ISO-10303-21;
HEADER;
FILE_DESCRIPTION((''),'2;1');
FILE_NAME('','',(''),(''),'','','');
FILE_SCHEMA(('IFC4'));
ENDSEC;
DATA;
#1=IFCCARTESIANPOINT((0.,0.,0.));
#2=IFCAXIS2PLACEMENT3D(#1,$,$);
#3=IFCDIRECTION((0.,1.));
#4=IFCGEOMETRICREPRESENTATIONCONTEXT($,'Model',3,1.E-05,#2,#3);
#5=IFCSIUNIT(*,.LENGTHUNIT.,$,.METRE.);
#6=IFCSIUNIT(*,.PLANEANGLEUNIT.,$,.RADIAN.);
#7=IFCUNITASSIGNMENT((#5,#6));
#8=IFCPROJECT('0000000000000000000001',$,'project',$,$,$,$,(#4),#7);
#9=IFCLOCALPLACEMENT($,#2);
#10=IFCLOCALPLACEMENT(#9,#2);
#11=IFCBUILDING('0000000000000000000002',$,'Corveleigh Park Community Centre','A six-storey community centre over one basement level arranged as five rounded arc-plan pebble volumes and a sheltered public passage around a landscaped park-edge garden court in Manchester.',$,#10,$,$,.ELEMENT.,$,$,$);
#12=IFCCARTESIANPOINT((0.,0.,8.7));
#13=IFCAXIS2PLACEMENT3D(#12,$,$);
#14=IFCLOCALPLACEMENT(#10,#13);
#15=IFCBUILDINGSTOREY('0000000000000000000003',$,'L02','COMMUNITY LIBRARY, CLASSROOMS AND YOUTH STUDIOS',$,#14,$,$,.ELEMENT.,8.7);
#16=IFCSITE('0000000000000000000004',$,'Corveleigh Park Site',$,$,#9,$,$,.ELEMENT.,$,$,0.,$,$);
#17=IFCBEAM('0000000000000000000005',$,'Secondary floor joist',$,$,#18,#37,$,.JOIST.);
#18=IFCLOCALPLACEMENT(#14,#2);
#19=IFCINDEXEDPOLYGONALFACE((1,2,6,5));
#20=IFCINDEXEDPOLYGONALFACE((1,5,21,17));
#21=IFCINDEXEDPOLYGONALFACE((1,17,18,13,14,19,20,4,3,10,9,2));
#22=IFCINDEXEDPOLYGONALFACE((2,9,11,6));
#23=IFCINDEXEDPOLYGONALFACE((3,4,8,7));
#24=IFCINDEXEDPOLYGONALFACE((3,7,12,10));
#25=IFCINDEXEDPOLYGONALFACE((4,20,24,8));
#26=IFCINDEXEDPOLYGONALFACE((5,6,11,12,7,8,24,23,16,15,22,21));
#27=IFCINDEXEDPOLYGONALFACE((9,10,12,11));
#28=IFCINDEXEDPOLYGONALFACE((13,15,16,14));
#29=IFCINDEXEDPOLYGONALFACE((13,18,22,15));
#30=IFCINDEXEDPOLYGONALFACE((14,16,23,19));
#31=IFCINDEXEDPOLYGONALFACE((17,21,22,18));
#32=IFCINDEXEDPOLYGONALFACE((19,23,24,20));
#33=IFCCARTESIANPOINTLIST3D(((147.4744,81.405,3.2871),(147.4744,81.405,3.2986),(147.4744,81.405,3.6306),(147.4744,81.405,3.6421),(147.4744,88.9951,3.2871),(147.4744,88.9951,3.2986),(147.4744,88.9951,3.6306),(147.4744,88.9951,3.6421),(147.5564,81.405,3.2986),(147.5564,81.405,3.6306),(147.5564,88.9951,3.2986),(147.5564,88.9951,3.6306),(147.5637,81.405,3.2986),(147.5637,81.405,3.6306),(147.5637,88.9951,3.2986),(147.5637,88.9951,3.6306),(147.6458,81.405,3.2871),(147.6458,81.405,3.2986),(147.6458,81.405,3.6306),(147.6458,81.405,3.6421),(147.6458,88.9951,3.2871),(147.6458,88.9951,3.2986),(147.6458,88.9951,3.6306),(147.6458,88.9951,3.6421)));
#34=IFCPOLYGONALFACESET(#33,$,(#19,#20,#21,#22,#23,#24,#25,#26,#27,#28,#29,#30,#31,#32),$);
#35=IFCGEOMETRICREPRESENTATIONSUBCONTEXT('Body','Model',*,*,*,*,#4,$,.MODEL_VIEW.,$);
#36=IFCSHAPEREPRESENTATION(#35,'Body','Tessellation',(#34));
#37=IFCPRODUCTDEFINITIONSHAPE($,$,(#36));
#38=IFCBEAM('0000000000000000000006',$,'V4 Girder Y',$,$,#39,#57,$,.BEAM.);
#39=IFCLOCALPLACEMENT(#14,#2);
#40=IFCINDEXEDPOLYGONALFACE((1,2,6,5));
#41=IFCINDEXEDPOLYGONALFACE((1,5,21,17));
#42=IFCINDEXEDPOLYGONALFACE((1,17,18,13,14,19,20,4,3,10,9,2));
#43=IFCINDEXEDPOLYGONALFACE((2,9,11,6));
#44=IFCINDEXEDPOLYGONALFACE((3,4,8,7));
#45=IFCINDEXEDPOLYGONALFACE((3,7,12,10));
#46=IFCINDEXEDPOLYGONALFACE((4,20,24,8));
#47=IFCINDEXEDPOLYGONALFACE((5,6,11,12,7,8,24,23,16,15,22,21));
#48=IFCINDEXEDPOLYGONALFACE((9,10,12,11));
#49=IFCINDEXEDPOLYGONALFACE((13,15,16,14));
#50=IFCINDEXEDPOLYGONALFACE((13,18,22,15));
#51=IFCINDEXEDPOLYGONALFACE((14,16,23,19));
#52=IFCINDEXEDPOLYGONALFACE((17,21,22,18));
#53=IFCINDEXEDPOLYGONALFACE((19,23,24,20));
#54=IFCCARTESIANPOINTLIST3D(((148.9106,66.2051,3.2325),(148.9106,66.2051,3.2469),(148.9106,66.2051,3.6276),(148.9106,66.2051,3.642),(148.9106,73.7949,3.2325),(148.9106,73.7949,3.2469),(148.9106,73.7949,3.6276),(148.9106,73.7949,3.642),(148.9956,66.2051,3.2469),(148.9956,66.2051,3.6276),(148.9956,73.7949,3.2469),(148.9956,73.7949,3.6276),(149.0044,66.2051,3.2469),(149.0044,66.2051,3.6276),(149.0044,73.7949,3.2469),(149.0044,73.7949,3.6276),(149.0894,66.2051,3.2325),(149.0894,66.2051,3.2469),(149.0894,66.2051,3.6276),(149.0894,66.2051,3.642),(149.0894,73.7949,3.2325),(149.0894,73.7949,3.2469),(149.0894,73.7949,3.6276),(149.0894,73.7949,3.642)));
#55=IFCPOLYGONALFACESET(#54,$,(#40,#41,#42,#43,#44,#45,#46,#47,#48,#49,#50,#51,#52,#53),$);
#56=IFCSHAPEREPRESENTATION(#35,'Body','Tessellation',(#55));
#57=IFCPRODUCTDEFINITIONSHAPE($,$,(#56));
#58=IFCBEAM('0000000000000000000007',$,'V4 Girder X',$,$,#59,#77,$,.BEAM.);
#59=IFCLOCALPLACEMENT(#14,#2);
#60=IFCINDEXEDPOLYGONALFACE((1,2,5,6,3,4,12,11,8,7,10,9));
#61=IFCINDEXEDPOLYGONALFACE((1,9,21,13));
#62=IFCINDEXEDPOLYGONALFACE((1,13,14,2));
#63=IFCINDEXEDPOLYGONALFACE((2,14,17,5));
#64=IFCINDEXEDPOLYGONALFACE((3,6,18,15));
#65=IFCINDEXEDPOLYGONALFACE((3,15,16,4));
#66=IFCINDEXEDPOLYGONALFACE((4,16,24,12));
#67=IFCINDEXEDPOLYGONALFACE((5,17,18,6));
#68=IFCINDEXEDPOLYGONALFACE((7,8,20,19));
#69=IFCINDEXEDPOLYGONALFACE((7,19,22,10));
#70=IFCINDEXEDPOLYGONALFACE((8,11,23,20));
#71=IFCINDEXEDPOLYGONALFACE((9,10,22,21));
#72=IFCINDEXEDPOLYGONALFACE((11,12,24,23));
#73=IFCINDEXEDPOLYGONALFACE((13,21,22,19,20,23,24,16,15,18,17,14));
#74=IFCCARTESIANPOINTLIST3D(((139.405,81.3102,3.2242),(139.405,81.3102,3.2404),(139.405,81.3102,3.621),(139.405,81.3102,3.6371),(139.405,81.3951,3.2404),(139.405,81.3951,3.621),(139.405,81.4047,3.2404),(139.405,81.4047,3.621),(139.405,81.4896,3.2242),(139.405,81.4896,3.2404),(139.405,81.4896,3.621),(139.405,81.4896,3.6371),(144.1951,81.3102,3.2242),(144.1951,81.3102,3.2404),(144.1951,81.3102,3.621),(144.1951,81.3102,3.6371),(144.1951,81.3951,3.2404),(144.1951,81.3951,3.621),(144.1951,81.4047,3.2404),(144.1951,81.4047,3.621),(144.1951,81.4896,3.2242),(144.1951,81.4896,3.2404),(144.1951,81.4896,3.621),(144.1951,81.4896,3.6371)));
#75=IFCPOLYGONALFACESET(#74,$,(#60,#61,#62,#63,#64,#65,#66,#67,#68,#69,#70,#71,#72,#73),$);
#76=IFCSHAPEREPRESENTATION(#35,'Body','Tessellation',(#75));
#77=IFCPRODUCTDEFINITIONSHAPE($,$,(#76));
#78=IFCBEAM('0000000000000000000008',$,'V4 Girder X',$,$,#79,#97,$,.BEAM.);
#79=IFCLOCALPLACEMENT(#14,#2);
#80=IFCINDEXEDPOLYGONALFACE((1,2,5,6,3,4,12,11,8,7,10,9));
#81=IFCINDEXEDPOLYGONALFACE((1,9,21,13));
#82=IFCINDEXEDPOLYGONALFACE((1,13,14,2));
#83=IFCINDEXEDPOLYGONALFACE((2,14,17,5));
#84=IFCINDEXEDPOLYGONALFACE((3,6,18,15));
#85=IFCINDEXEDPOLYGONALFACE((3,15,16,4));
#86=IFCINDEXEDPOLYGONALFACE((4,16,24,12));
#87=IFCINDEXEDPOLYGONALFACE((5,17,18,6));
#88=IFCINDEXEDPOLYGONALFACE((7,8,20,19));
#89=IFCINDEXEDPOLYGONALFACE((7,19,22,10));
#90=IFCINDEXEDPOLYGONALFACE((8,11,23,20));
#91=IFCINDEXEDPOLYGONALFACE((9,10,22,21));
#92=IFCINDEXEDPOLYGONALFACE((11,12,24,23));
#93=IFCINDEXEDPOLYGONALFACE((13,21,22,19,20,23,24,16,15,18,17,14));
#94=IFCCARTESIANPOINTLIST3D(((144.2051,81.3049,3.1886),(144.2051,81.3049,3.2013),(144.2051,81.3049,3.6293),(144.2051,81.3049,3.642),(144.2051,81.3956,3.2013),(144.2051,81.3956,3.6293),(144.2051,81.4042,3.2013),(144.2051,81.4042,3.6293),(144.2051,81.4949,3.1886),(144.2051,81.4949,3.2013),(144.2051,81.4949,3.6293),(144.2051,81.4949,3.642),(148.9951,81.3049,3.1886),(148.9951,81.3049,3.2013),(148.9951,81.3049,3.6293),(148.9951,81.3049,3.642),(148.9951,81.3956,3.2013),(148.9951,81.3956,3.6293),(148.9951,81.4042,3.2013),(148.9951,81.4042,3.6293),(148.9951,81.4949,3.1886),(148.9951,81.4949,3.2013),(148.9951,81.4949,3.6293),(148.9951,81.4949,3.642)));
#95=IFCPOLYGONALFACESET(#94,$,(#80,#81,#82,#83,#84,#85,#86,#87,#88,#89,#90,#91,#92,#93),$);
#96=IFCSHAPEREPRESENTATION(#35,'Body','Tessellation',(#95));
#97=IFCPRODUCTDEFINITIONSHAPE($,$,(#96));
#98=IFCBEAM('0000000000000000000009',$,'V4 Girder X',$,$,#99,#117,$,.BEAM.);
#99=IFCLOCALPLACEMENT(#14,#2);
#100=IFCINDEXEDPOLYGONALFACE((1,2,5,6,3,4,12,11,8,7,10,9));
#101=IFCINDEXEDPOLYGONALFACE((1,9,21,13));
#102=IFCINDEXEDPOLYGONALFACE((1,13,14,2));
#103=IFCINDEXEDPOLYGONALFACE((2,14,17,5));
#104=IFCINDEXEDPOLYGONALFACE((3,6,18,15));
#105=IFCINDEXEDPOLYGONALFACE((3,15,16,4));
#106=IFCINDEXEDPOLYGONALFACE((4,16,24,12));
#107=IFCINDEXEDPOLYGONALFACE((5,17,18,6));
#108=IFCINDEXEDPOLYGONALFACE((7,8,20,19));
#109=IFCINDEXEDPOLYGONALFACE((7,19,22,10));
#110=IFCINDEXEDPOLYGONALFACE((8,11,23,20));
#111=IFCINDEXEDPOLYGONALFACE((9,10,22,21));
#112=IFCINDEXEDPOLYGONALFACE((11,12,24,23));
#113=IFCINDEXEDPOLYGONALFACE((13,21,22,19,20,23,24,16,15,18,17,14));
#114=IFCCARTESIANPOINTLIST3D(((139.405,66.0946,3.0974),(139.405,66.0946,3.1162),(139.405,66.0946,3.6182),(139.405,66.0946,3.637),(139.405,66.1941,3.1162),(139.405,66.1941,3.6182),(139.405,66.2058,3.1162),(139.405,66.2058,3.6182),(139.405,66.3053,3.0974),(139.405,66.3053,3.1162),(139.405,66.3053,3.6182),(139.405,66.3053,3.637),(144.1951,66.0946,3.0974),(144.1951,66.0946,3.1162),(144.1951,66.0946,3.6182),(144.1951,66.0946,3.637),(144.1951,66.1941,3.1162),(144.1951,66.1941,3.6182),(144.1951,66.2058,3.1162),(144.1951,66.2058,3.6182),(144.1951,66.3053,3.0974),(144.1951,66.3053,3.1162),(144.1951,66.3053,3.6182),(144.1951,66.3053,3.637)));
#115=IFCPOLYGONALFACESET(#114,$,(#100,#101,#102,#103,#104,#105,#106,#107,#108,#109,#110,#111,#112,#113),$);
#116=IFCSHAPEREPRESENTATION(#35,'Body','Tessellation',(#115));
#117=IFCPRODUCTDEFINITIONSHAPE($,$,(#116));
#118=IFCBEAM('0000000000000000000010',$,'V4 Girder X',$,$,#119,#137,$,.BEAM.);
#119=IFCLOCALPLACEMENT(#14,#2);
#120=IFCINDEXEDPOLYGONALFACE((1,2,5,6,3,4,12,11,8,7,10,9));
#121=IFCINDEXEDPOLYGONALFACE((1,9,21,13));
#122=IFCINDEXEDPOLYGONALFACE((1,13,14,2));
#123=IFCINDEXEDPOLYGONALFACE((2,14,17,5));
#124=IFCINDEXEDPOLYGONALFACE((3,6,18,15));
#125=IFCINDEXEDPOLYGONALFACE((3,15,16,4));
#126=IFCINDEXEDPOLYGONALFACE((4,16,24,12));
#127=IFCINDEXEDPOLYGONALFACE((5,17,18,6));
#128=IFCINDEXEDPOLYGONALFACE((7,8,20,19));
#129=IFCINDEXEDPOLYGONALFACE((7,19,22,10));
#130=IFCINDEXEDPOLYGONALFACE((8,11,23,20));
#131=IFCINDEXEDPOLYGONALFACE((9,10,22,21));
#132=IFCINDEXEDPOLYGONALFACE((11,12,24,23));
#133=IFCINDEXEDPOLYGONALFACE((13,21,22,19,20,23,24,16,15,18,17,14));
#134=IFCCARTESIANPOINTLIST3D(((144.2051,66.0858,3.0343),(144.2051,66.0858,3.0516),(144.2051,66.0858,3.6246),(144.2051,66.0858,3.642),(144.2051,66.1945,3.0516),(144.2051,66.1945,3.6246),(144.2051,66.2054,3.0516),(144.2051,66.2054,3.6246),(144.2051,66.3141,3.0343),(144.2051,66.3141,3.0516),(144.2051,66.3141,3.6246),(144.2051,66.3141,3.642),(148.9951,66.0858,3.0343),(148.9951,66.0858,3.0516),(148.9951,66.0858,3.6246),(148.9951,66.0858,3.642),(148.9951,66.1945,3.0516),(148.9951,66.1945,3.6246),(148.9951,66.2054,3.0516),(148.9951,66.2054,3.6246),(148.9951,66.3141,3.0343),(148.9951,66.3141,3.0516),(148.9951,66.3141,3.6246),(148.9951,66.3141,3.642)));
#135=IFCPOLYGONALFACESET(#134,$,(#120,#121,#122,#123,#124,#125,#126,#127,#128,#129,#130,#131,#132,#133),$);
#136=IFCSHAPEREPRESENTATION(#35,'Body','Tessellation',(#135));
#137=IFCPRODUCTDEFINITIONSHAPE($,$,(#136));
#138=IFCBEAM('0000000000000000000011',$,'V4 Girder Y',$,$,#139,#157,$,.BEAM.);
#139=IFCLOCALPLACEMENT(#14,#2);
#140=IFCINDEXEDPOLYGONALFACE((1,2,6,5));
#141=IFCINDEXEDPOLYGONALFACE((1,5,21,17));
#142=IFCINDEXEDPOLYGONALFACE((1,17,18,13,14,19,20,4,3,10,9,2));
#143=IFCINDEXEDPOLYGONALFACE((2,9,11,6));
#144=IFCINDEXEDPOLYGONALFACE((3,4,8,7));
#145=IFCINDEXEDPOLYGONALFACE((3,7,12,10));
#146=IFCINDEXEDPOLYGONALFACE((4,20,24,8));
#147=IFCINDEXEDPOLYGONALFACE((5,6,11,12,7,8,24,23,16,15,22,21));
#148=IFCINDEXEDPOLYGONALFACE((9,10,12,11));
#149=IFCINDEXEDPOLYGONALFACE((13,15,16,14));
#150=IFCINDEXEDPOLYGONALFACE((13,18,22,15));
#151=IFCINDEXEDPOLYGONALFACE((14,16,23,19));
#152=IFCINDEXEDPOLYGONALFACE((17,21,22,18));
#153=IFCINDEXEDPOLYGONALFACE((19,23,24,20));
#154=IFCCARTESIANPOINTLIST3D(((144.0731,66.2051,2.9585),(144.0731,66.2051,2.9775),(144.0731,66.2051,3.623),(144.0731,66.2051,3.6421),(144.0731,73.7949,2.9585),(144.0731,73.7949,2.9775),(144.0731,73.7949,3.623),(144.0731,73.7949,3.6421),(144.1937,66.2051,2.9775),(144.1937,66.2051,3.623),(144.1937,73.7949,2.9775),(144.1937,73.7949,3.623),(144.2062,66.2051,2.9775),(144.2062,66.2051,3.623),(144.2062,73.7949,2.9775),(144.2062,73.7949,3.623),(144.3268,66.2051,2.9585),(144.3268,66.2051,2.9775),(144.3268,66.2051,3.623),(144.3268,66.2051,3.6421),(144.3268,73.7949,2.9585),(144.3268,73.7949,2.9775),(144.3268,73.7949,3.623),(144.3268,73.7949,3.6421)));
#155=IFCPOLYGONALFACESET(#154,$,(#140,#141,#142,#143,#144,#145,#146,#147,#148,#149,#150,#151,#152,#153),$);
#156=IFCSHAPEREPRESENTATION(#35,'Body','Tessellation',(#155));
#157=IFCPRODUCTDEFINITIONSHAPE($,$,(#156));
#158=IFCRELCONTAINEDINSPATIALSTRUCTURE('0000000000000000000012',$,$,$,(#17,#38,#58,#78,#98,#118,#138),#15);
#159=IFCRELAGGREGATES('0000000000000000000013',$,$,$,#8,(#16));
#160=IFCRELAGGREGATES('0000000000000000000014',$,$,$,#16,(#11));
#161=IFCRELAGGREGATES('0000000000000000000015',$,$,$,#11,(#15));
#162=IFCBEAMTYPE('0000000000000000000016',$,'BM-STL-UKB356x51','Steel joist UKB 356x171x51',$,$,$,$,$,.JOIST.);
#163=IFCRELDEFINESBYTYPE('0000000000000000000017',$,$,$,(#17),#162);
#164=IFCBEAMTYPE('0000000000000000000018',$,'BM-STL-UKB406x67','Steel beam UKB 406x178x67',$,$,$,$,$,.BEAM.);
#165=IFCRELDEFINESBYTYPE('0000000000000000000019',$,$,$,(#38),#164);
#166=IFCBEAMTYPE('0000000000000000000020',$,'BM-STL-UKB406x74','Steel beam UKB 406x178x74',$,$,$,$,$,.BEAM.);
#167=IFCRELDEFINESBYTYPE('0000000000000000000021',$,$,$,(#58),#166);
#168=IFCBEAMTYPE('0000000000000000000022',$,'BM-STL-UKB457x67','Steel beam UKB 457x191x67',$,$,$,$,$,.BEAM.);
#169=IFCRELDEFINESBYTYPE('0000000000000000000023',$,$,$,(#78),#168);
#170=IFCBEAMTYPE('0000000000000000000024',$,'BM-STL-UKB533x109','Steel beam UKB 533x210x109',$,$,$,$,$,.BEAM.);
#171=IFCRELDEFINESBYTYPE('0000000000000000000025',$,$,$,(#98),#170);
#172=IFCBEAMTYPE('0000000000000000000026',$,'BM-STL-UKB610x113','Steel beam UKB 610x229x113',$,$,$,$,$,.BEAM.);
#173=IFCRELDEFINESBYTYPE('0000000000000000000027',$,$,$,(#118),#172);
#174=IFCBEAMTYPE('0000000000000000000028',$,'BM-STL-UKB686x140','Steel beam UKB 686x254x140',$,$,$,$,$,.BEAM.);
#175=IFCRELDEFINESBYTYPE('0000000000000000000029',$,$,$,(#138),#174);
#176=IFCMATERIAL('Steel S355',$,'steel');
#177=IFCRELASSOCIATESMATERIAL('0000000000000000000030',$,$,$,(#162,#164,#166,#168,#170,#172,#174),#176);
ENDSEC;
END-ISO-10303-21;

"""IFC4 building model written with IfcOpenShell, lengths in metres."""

from ifc_helpers import new_model, si_unit, direction, frame, origin, origin_2d, place, context, subcontext, project, spatial, i_section, extrude, material, material_profile, profile_set, type_object, element, save


model = new_model("IFC4")

# Units and contexts
model_context = context("Model", 3, precision=1e-05, world=origin(), true_north=direction((0.0, 1.0)))
body_context = subcontext(model_context, "Body", "Model", "MODEL_VIEW")
ifc_project = project(units=[si_unit("LENGTHUNIT", "METRE"), si_unit("PLANEANGLEUNIT", "RADIAN")], contexts=[model_context])

# Site, building, storey
site_placement = place(None, origin())
site = spatial("IfcSite", under=ifc_project, at=site_placement, Name="Corveleigh Park Site", CompositionType="ELEMENT", RefElevation=0.0)
building_placement = place(site_placement, origin())
building = spatial("IfcBuilding", under=site, at=building_placement, Name="Corveleigh Park Community Centre", Description="A six-storey community centre over one basement level arranged as five rounded arc-plan pebble volumes and a sheltered public passage around a landscaped park-edge garden court in Manchester.", CompositionType="ELEMENT")
storey_placement = place(building_placement, frame((0.0, 0.0, 8.7)))
storey = spatial("IfcBuildingStorey", under=building, at=storey_placement, Name="L02", Description="COMMUNITY LIBRARY, CLASSROOMS AND YOUTH STUDIOS", CompositionType="ELEMENT", Elevation=8.7)

# Shared definitions
ifc_material_1 = material(Name="Steel S355", Category="steel")

# Beams
ifc_material_profile_1 = material_profile(ifc_material_1, i_section(OverallWidth=0.1714, OverallDepth=0.355, WebThickness=0.0073, FlangeThickness=0.0115, at=origin_2d()), Name="UKB 356x171x51", Category="steel")
ifc_profile_set_1 = profile_set([ifc_material_profile_1], Name="Steel S355")
beam_type_1 = type_object("IfcBeamType", Name="BM-STL-UKB356x51", Description="Steel joist UKB 356x171x51", PredefinedType="JOIST", material=ifc_profile_set_1)
for number, where, z_axis, x_axis, name in (
    (1, (147.5601, 81.405, 3.4646), (0.0, 1.0, 0.0), (-1.0, 0.0, 0.0), "Secondary floor joist"),
):
    element("IfcBeam", number, at=place(storey_placement, frame(where, z_axis=z_axis, x_axis=x_axis)), inside=storey, type_object=beam_type_1, Name=name, PredefinedType="JOIST", context=body_context, shape_type="SweptSolid", body=[
        extrude(i_section(OverallWidth=0.1714, OverallDepth=0.355, WebThickness=0.0073, FlangeThickness=0.0115, at=origin_2d()), origin(), (0.0, 0.0, 1.0), 7.5901),
    ])
ifc_material_profile_2 = material_profile(ifc_material_1, i_section(OverallWidth=0.1787, OverallDepth=0.4094, WebThickness=0.0088, FlangeThickness=0.0144, at=origin_2d()), Name="UKB 406x178x67", Category="steel")
ifc_profile_set_2 = profile_set([ifc_material_profile_2], Name="Steel S355")
beam_type_2 = type_object("IfcBeamType", Name="BM-STL-UKB406x67", Description="Steel beam UKB 406x178x67", PredefinedType="BEAM", material=ifc_profile_set_2)
beam_1_placement = place(storey_placement, frame((149.0, 66.2051, 3.4373), z_axis=(0.0, 1.0, 0.0), x_axis=(-1.0, 0.0, 0.0)))
element("IfcBeam", 2, at=beam_1_placement, inside=storey, type_object=beam_type_2, Name="V4 Girder Y", PredefinedType="BEAM", context=body_context, shape_type="SweptSolid", body=[
    extrude(i_section(OverallWidth=0.1787, OverallDepth=0.4094, WebThickness=0.0088, FlangeThickness=0.0144, at=origin_2d()), origin(), (0.0, 0.0, 1.0), 7.5898),
])
ifc_material_profile_3 = material_profile(ifc_material_1, i_section(OverallWidth=0.1794, OverallDepth=0.4128, WebThickness=0.0095, FlangeThickness=0.0161, at=origin_2d()), Name="UKB 406x178x74", Category="steel")
ifc_profile_set_3 = profile_set([ifc_material_profile_3], Name="Steel S355")
beam_type_3 = type_object("IfcBeamType", Name="BM-STL-UKB406x74", Description="Steel beam UKB 406x178x74", PredefinedType="BEAM", material=ifc_profile_set_3)
beam_2_placement = place(storey_placement, frame((139.405, 81.3999, 3.4307), z_axis=(1.0, 0.0, 0.0), x_axis=(0.0, 1.0, 0.0)))
element("IfcBeam", 3, at=beam_2_placement, inside=storey, type_object=beam_type_3, Name="V4 Girder X", PredefinedType="BEAM", context=body_context, shape_type="SweptSolid", body=[
    extrude(i_section(OverallWidth=0.1794, OverallDepth=0.4128, WebThickness=0.0095, FlangeThickness=0.0161, at=origin_2d()), origin(), (0.0, 0.0, 1.0), 4.79),
])
ifc_material_profile_4 = material_profile(ifc_material_1, i_section(OverallWidth=0.1899, OverallDepth=0.4534, WebThickness=0.0085, FlangeThickness=0.0127, at=origin_2d()), Name="UKB 457x191x67", Category="steel")
ifc_profile_set_4 = profile_set([ifc_material_profile_4], Name="Steel S355")
beam_type_4 = type_object("IfcBeamType", Name="BM-STL-UKB457x67", Description="Steel beam UKB 457x191x67", PredefinedType="BEAM", material=ifc_profile_set_4)
beam_3_placement = place(storey_placement, frame((144.2051, 81.3999, 3.4153), z_axis=(1.0, 0.0, 0.0), x_axis=(0.0, 1.0, 0.0)))
element("IfcBeam", 4, at=beam_3_placement, inside=storey, type_object=beam_type_4, Name="V4 Girder X", PredefinedType="BEAM", context=body_context, shape_type="SweptSolid", body=[
    extrude(i_section(OverallWidth=0.1899, OverallDepth=0.4534, WebThickness=0.0085, FlangeThickness=0.0127, at=origin_2d()), origin(), (0.0, 0.0, 1.0), 4.79),
])
ifc_material_profile_5 = material_profile(ifc_material_1, i_section(OverallWidth=0.2107, OverallDepth=0.5396, WebThickness=0.0117, FlangeThickness=0.0188, at=origin_2d()), Name="UKB 533x210x109", Category="steel")
ifc_profile_set_5 = profile_set([ifc_material_profile_5], Name="Steel S355")
beam_type_5 = type_object("IfcBeamType", Name="BM-STL-UKB533x109", Description="Steel beam UKB 533x210x109", PredefinedType="BEAM", material=ifc_profile_set_5)
beam_4_placement = place(storey_placement, frame((139.405, 66.2, 3.3672), z_axis=(1.0, 0.0, 0.0), x_axis=(0.0, 1.0, 0.0)))
element("IfcBeam", 5, at=beam_4_placement, inside=storey, type_object=beam_type_5, Name="V4 Girder X", PredefinedType="BEAM", context=body_context, shape_type="SweptSolid", body=[
    extrude(i_section(OverallWidth=0.2107, OverallDepth=0.5396, WebThickness=0.0117, FlangeThickness=0.0188, at=origin_2d()), origin(), (0.0, 0.0, 1.0), 4.79),
])
ifc_material_profile_6 = material_profile(ifc_material_1, i_section(OverallWidth=0.2283, OverallDepth=0.6077, WebThickness=0.011, FlangeThickness=0.0173, at=origin_2d()), Name="UKB 610x229x113", Category="steel")
ifc_profile_set_6 = profile_set([ifc_material_profile_6], Name="Steel S355")
beam_type_6 = type_object("IfcBeamType", Name="BM-STL-UKB610x113", Description="Steel beam UKB 610x229x113", PredefinedType="BEAM", material=ifc_profile_set_6)
beam_5_placement = place(storey_placement, frame((144.2051, 66.2, 3.3381), z_axis=(1.0, 0.0, 0.0), x_axis=(0.0, 1.0, 0.0)))
element("IfcBeam", 6, at=beam_5_placement, inside=storey, type_object=beam_type_6, Name="V4 Girder X", PredefinedType="BEAM", context=body_context, shape_type="SweptSolid", body=[
    extrude(i_section(OverallWidth=0.2283, OverallDepth=0.6077, WebThickness=0.011, FlangeThickness=0.0173, at=origin_2d()), origin(), (0.0, 0.0, 1.0), 4.79),
])
ifc_material_profile_7 = material_profile(ifc_material_1, i_section(OverallWidth=0.2537, OverallDepth=0.6836, WebThickness=0.0125, FlangeThickness=0.019, at=origin_2d()), Name="UKB 686x254x140", Category="steel")
ifc_profile_set_7 = profile_set([ifc_material_profile_7], Name="Steel S355")
beam_type_7 = type_object("IfcBeamType", Name="BM-STL-UKB686x140", Description="Steel beam UKB 686x254x140", PredefinedType="BEAM", material=ifc_profile_set_7)
beam_6_placement = place(storey_placement, frame((144.2, 66.2051, 3.3003), z_axis=(0.0, 1.0, 0.0), x_axis=(-1.0, 0.0, 0.0)))
element("IfcBeam", 7, at=beam_6_placement, inside=storey, type_object=beam_type_7, Name="V4 Girder Y", PredefinedType="BEAM", context=body_context, shape_type="SweptSolid", body=[
    extrude(i_section(OverallWidth=0.2537, OverallDepth=0.6836, WebThickness=0.0125, FlangeThickness=0.019, at=origin_2d()), origin(), (0.0, 0.0, 1.0), 7.5898),
])

save(model, "model.ifc")
